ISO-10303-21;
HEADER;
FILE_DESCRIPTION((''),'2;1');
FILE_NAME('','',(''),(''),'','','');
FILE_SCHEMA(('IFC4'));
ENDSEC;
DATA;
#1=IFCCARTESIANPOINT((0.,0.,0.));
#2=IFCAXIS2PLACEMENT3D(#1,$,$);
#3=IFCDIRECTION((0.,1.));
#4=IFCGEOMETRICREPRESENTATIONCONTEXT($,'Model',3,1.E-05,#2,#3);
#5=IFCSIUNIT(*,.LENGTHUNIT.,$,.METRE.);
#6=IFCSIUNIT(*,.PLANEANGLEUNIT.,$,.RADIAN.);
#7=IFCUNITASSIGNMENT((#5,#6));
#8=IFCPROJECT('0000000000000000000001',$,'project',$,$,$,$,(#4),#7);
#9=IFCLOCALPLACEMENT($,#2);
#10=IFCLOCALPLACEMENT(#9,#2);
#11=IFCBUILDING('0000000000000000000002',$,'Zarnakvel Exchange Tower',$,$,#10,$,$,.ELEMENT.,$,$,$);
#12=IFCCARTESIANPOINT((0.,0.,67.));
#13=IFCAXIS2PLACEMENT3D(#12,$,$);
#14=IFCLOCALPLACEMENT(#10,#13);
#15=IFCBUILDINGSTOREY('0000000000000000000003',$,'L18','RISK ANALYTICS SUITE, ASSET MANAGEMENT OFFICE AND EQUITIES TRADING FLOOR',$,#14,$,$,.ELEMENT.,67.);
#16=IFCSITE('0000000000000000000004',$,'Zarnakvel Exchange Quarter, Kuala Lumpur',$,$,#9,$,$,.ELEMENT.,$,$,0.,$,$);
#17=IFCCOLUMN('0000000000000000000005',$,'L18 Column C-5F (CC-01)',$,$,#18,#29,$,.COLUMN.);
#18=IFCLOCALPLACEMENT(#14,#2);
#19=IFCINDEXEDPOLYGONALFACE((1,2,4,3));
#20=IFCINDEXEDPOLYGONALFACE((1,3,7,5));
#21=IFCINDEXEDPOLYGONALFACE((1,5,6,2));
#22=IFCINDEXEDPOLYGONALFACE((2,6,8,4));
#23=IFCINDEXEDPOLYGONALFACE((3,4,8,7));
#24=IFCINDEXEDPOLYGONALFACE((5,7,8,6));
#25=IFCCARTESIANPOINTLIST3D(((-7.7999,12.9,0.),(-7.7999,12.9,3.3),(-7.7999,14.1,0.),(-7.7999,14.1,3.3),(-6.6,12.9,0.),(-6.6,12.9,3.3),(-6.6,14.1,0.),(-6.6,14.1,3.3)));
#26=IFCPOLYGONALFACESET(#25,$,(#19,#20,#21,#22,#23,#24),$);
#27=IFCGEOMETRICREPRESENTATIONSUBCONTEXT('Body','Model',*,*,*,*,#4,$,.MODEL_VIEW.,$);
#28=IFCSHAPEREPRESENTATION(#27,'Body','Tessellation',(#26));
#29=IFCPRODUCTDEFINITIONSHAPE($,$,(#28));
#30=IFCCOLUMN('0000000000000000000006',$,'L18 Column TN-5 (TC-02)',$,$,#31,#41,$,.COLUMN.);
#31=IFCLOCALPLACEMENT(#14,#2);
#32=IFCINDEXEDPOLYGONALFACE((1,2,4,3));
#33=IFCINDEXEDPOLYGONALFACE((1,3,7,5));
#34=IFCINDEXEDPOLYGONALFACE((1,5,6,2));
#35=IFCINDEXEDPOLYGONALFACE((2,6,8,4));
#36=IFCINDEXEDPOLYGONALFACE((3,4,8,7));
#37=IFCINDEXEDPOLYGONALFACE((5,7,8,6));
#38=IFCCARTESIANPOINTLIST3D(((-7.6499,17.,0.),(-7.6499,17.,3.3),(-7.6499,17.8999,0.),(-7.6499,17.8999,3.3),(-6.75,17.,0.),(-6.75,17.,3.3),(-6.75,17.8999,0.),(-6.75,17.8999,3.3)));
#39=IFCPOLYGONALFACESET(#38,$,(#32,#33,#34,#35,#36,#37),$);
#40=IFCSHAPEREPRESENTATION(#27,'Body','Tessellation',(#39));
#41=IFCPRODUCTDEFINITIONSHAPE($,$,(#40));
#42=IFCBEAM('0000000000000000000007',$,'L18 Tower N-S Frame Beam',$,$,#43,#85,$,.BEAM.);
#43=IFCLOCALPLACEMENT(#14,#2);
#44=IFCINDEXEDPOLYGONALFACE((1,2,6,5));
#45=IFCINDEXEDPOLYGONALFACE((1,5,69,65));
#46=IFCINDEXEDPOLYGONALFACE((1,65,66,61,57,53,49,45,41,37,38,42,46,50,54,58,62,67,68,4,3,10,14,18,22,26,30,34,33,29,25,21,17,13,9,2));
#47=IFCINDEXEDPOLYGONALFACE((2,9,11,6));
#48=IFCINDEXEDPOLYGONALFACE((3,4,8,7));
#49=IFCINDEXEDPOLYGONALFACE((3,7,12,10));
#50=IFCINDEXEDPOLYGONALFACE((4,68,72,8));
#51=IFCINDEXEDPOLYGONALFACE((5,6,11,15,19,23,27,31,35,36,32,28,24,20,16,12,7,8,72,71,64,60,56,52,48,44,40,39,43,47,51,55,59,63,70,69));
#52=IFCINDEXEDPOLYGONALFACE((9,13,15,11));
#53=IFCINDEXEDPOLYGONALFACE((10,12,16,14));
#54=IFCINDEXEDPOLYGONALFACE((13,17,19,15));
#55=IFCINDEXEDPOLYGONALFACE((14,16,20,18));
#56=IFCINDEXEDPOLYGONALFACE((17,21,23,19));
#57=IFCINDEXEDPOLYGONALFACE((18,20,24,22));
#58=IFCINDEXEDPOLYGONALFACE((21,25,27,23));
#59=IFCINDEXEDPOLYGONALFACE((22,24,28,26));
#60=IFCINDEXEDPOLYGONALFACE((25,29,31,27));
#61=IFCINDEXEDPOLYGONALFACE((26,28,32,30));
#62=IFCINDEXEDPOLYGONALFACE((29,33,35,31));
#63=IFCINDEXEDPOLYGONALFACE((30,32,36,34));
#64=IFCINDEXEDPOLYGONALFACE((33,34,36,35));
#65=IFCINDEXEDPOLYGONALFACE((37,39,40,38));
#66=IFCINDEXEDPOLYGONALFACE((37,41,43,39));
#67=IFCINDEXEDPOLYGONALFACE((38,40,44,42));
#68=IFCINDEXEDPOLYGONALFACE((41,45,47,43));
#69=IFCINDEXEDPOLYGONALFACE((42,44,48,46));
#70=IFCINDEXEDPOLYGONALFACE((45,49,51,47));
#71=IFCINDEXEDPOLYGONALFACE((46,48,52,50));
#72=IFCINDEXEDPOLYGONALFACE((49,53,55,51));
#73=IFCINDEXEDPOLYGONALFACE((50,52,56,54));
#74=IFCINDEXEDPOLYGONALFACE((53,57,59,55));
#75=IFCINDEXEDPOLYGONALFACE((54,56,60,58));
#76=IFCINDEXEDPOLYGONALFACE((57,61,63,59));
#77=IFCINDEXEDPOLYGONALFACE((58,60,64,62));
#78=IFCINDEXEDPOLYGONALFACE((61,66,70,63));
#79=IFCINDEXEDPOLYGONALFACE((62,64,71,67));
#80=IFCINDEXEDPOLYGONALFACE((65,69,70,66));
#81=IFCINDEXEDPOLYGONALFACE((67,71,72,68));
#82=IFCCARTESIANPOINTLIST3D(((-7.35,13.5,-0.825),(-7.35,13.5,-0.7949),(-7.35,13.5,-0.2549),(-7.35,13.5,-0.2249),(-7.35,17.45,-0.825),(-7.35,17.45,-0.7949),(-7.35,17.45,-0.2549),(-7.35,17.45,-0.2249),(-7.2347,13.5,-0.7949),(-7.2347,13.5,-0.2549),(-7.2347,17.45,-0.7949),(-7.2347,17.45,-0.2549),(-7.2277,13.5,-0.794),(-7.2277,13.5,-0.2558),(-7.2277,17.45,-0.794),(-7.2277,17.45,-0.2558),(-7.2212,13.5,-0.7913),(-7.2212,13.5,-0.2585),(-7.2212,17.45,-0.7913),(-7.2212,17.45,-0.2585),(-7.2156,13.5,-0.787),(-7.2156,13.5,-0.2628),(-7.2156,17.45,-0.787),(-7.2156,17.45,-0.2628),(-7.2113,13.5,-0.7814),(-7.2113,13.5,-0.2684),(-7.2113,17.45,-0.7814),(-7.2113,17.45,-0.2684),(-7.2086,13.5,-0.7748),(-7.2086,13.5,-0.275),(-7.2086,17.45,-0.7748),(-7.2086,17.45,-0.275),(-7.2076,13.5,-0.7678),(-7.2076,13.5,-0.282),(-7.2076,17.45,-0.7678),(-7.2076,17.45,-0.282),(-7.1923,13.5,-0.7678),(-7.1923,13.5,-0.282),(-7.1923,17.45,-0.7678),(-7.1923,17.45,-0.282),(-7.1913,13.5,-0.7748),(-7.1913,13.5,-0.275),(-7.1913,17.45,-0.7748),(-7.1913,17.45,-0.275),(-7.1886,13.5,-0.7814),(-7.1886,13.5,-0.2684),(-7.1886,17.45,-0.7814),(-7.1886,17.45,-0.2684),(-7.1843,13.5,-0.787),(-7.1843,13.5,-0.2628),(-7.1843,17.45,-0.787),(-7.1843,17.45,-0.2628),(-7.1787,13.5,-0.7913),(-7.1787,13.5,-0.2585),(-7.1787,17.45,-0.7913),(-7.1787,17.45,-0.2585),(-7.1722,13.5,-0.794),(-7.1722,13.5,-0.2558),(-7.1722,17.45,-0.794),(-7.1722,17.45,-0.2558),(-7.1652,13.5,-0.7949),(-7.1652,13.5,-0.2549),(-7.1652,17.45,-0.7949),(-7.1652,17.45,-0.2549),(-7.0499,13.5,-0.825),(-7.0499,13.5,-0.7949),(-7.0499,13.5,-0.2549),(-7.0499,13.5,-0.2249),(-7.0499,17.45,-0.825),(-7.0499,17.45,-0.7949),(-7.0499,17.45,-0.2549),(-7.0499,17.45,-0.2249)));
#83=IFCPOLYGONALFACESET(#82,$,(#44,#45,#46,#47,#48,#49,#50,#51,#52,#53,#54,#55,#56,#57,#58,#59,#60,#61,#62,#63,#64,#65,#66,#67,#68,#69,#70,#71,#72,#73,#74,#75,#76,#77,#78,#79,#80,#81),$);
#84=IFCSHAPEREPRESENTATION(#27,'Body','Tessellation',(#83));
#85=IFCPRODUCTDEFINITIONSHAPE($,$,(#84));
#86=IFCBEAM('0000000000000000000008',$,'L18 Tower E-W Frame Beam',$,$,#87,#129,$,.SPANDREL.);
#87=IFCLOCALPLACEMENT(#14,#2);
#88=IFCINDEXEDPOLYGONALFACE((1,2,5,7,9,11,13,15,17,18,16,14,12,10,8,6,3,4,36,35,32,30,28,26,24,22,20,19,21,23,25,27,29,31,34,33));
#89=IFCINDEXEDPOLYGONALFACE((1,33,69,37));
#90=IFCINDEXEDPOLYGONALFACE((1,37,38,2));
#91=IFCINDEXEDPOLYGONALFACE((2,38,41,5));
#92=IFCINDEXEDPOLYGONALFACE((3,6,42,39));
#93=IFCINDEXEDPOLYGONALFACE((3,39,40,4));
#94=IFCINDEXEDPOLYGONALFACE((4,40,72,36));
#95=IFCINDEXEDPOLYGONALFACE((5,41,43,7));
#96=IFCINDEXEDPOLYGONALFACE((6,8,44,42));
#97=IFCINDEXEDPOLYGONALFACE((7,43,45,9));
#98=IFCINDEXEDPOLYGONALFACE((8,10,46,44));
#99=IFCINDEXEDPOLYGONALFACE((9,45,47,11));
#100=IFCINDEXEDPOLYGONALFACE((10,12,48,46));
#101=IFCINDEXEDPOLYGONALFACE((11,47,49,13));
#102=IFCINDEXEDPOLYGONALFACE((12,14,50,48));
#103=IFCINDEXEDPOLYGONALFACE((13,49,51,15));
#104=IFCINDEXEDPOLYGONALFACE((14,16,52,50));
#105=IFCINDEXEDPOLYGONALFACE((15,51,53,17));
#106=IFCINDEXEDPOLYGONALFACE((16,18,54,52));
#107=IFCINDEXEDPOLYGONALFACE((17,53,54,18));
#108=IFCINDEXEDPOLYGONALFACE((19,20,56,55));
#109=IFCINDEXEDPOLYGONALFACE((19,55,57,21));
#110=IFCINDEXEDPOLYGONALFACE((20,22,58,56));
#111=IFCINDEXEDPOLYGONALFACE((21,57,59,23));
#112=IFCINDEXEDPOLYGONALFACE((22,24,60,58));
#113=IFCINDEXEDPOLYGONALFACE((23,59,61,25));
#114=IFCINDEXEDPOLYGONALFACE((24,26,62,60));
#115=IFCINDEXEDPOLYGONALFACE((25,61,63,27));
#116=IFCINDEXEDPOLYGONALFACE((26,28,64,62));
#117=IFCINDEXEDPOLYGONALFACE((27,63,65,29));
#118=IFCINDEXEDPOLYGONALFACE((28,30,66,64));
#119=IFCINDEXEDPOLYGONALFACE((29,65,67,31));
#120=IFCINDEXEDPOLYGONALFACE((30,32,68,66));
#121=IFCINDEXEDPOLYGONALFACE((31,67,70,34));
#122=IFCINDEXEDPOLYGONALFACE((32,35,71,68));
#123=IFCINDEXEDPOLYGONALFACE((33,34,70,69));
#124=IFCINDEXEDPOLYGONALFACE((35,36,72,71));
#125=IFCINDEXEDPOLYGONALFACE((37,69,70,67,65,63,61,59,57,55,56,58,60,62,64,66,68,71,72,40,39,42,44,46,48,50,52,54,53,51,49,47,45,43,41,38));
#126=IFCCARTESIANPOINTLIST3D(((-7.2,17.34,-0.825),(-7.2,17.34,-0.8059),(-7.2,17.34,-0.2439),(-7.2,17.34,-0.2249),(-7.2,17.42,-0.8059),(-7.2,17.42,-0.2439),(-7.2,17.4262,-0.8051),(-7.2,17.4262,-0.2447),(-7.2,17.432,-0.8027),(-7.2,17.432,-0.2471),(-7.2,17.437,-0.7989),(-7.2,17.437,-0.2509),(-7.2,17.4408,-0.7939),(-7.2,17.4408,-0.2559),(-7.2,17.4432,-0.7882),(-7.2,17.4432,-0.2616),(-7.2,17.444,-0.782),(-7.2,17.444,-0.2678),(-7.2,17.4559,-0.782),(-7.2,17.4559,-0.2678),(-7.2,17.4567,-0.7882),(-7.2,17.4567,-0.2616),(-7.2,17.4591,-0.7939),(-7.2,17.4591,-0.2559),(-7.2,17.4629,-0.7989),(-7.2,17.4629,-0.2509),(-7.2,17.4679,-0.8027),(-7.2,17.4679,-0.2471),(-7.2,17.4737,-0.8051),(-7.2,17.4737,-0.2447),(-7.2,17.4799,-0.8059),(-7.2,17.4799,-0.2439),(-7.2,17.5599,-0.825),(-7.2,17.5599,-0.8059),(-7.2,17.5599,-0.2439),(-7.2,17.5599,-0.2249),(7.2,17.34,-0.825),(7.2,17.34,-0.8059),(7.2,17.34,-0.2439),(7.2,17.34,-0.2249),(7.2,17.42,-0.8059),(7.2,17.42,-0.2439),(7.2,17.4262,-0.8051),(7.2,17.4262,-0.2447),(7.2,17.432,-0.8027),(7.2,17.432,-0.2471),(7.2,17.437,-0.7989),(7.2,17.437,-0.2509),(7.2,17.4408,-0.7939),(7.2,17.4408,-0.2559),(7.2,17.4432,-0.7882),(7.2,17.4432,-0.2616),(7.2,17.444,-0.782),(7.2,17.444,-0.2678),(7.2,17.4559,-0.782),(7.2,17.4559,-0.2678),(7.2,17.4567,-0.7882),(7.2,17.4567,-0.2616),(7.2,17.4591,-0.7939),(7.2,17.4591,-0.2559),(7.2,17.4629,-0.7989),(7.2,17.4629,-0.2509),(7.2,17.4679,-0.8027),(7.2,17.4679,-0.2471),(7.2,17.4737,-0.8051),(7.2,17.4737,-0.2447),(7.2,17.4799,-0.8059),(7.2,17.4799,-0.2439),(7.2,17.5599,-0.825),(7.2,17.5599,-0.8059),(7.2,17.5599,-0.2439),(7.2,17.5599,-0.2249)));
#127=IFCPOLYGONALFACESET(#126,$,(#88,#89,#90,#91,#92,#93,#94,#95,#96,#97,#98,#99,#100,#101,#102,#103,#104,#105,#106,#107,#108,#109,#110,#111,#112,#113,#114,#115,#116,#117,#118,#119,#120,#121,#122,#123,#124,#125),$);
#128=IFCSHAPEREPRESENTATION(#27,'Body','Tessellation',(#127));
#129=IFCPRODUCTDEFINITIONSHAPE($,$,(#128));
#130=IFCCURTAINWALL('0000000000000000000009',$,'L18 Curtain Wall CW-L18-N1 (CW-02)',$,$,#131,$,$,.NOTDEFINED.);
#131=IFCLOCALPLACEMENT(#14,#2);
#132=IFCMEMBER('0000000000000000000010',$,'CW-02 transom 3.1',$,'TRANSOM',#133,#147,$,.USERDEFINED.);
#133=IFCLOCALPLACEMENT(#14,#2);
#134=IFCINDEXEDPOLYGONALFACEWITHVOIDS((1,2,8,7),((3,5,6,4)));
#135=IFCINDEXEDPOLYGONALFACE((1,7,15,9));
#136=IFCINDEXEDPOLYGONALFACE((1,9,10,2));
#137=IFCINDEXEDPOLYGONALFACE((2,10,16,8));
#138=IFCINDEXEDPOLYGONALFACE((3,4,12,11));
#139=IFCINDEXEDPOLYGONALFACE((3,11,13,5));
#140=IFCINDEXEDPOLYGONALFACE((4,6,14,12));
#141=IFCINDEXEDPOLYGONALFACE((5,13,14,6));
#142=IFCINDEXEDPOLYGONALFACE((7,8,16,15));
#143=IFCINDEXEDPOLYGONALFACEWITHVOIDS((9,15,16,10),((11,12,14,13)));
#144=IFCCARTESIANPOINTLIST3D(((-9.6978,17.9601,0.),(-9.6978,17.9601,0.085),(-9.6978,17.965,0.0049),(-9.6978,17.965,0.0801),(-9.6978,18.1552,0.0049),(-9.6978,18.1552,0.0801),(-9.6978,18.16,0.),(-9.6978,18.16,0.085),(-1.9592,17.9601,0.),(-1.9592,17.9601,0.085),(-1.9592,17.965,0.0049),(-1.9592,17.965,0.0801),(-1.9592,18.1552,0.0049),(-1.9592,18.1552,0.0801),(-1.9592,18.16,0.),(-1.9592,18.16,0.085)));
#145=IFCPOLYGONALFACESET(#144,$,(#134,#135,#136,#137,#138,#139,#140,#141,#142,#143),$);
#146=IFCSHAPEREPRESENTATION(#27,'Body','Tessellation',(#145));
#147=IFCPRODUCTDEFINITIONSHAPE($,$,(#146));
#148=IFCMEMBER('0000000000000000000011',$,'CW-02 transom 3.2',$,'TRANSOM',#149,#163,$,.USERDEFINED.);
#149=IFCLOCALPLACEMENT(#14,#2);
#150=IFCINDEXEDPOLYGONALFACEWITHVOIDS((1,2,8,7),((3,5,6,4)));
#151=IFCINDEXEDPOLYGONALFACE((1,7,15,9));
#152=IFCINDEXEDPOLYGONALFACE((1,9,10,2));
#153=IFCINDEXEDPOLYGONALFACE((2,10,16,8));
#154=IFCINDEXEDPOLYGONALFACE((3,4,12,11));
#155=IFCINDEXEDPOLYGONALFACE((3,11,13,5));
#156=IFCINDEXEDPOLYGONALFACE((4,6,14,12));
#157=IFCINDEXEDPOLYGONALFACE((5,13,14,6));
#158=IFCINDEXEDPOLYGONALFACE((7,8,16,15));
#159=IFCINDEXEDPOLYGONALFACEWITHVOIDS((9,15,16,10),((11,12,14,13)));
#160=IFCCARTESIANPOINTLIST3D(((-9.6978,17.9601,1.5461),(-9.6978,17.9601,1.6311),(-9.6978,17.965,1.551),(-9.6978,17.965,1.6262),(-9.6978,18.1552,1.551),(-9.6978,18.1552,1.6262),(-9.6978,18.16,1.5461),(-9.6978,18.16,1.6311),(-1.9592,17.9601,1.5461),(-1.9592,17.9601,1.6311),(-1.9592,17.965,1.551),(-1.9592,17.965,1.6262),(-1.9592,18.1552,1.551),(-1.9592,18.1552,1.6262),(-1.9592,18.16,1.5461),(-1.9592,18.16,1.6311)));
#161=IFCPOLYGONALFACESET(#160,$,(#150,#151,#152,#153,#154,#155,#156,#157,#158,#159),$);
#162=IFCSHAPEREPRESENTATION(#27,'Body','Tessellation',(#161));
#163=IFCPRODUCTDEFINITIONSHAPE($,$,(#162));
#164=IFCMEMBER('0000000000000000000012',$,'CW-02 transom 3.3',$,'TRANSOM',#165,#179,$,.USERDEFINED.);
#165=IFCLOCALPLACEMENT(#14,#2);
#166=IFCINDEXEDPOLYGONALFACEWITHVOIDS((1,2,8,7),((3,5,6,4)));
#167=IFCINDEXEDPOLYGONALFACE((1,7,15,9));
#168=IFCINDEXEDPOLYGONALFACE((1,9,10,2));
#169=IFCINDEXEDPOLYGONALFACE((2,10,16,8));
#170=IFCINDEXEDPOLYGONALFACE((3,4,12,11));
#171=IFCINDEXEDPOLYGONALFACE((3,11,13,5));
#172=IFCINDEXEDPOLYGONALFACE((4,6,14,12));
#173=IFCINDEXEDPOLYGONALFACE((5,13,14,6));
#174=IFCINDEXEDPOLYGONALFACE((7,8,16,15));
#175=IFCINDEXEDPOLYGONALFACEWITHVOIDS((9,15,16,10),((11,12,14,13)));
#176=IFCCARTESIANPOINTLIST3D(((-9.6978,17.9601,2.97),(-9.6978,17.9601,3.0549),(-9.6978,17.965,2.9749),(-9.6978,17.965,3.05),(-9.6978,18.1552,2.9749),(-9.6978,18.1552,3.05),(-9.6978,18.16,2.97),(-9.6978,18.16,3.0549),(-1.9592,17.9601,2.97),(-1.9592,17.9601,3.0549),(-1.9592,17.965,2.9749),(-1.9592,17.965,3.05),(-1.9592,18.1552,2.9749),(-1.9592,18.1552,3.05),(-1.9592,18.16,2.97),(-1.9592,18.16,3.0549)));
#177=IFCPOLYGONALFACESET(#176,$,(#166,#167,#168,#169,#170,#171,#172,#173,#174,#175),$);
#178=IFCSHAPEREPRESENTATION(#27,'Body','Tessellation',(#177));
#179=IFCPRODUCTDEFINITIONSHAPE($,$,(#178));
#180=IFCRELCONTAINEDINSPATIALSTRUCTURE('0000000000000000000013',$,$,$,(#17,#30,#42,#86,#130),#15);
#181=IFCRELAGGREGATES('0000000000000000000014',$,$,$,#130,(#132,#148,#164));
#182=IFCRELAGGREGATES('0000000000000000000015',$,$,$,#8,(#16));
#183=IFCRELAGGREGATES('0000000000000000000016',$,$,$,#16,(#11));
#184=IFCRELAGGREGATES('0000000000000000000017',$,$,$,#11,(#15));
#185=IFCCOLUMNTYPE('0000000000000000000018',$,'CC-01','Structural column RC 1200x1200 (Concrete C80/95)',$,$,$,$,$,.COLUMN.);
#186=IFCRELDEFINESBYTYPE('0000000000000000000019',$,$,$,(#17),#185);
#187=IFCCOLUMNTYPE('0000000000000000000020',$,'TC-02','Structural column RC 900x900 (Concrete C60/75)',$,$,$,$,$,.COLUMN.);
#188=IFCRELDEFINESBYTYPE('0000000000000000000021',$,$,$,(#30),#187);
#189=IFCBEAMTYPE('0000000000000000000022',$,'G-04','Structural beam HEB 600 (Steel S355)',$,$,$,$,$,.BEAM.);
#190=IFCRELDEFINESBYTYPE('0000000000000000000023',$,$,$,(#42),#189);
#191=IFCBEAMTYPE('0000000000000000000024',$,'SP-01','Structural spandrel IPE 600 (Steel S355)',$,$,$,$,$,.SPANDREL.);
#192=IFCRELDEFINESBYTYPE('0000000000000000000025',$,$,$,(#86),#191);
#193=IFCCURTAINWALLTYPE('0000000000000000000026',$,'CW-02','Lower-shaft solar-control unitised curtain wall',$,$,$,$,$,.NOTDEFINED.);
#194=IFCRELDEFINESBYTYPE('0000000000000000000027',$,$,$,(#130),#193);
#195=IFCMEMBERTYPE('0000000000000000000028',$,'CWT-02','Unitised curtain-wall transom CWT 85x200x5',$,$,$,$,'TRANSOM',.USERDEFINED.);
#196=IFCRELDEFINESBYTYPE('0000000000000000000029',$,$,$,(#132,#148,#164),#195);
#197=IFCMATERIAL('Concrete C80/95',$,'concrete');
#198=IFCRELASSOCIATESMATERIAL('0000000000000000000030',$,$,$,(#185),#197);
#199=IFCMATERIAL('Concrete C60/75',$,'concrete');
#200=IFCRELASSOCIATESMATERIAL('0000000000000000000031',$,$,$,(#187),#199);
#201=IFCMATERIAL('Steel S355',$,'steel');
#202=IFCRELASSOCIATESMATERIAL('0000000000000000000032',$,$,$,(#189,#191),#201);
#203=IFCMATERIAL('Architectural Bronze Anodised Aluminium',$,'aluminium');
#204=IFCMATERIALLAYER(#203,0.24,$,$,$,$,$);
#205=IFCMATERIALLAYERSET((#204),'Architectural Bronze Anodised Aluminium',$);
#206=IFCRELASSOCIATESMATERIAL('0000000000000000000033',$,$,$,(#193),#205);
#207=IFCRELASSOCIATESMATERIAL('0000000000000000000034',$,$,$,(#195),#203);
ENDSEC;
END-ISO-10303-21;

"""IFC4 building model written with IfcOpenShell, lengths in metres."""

from ifc_helpers import new_model, si_unit, direction, frame, origin, origin_2d, place, context, subcontext, project, spatial, rectangle, hollow_rectangle, i_section, extrude, source, transform, mapped, material, layer, layer_set, material_profile, profile_set, type_object, element, aggregate, save


model = new_model("IFC4")

# Units and contexts
model_context = context("Model", 3, precision=1e-05, world=origin(), true_north=direction((0.0, 1.0)))
body_context = subcontext(model_context, "Body", "Model", "MODEL_VIEW")
ifc_project = project(units=[si_unit("LENGTHUNIT", "METRE"), si_unit("PLANEANGLEUNIT", "RADIAN")], contexts=[model_context])

# Site, building, storey
site_placement = place(None, origin())
site = spatial("IfcSite", under=ifc_project, at=site_placement, Name="Zarnakvel Exchange Quarter, Kuala Lumpur", CompositionType="ELEMENT", RefElevation=0.0)
building_placement = place(site_placement, origin())
building = spatial("IfcBuilding", under=site, at=building_placement, Name="Zarnakvel Exchange Tower", CompositionType="ELEMENT")
storey_placement = place(building_placement, frame((0.0, 0.0, 67.0)))
storey = spatial("IfcBuildingStorey", under=building, at=storey_placement, Name="L18", Description="RISK ANALYTICS SUITE, ASSET MANAGEMENT OFFICE AND EQUITIES TRADING FLOOR", CompositionType="ELEMENT", Elevation=67.0)

# Columns
ifc_material_1 = material(Name="Concrete C80/95", Category="concrete")
ifc_material_profile_1 = material_profile(ifc_material_1, rectangle(XDim=1.2, YDim=1.2, at=origin_2d()))
ifc_profile_set_1 = profile_set([ifc_material_profile_1], Name="Concrete C80/95")
column_type_1 = type_object("IfcColumnType", Name="CC-01", Description="Structural column RC 1200x1200 (Concrete C80/95)", PredefinedType="COLUMN", material=ifc_profile_set_1)
column_1_placement = place(storey_placement, frame((-7.2, 13.5, 0.0), z_axis=(0.0, 0.0, 1.0), x_axis=(1.0, 0.0, 0.0)))
element("IfcColumn", 1, at=column_1_placement, inside=storey, type_object=column_type_1, Name="L18 Column C-5F (CC-01)", PredefinedType="COLUMN", context=body_context, shape_type="SweptSolid", body=[
    extrude(rectangle(XDim=1.2, YDim=1.2, at=origin_2d()), origin(), (0.0, 0.0, 1.0), 3.3),
])
ifc_material_2 = material(Name="Concrete C60/75", Category="concrete")
ifc_material_profile_2 = material_profile(ifc_material_2, rectangle(XDim=0.8999, YDim=0.8999, at=origin_2d()))
ifc_profile_set_2 = profile_set([ifc_material_profile_2], Name="Concrete C60/75")
column_type_2 = type_object("IfcColumnType", Name="TC-02", Description="Structural column RC 900x900 (Concrete C60/75)", PredefinedType="COLUMN", material=ifc_profile_set_2)
column_2_placement = place(storey_placement, frame((-7.2, 17.45, 0.0), z_axis=(0.0, 0.0, 1.0), x_axis=(1.0, 0.0, 0.0)))
element("IfcColumn", 2, at=column_2_placement, inside=storey, type_object=column_type_2, Name="L18 Column TN-5 (TC-02)", PredefinedType="COLUMN", context=body_context, shape_type="SweptSolid", body=[
    extrude(rectangle(XDim=0.8999, YDim=0.8999, at=origin_2d()), origin(), (0.0, 0.0, 1.0), 3.3),
])

# Beams
ifc_material_3 = material(Name="Steel S355", Category="steel")
ifc_material_profile_3 = material_profile(ifc_material_3, i_section(OverallWidth=0.3, OverallDepth=0.6001, WebThickness=0.0154, FlangeThickness=0.03, FilletRadius=0.0271, at=origin_2d()))
ifc_profile_set_3 = profile_set([ifc_material_profile_3], Name="Steel S355")
beam_type_1 = type_object("IfcBeamType", Name="G-04", Description="Structural beam HEB 600 (Steel S355)", PredefinedType="BEAM", material=ifc_profile_set_3)
beam_1_placement = place(storey_placement, frame((-7.2, 13.5, -0.5249), z_axis=(0.0, 1.0, 0.0), x_axis=(-1.0, 0.0, 0.0)))
element("IfcBeam", 3, at=beam_1_placement, inside=storey, type_object=beam_type_1, Name="L18 Tower N-S Frame Beam", PredefinedType="BEAM", context=body_context, shape_type="SweptSolid", body=[
    extrude(i_section(OverallWidth=0.3, OverallDepth=0.6001, WebThickness=0.0154, FlangeThickness=0.03, FilletRadius=0.0271, at=origin_2d()), origin(), (0.0, 0.0, 1.0), 3.95),
])
ifc_material_profile_4 = material_profile(ifc_material_3, i_section(OverallWidth=0.22, OverallDepth=0.6001, WebThickness=0.012, FlangeThickness=0.019, FilletRadius=0.0239, at=origin_2d()))
ifc_profile_set_4 = profile_set([ifc_material_profile_4], Name="Steel S355")
beam_type_2 = type_object("IfcBeamType", Name="SP-01", Description="Structural spandrel IPE 600 (Steel S355)", PredefinedType="SPANDREL", material=ifc_profile_set_4)
beam_2_placement = place(storey_placement, frame((-7.2, 17.45, -0.5249), z_axis=(1.0, 0.0, 0.0), x_axis=(0.0, 1.0, 0.0)))
element("IfcBeam", 4, at=beam_2_placement, inside=storey, type_object=beam_type_2, Name="L18 Tower E-W Frame Beam", PredefinedType="SPANDREL", context=body_context, shape_type="SweptSolid", body=[
    extrude(i_section(OverallWidth=0.22, OverallDepth=0.6001, WebThickness=0.012, FlangeThickness=0.019, FilletRadius=0.0239, at=origin_2d()), origin(), (0.0, 0.0, 1.0), 14.3999),
])

# Curtain wall, members
ifc_material_4 = material(Name="Architectural Bronze Anodised Aluminium", Category="aluminium")
ifc_layer_1 = layer(ifc_material_4, 0.24)
ifc_layer_set_1 = layer_set([ifc_layer_1], Name="Architectural Bronze Anodised Aluminium")
curtain_wall_type = type_object("IfcCurtainWallType", Name="CW-02", Description="Lower-shaft solar-control unitised curtain wall", PredefinedType="NOTDEFINED", material=ifc_layer_set_1)
curtain_wall_placement = place(storey_placement, origin())
curtain_wall = element("IfcCurtainWall", 5, at=curtain_wall_placement, inside=storey, type_object=curtain_wall_type, Name="L18 Curtain Wall CW-L18-N1 (CW-02)", PredefinedType="NOTDEFINED")
ifc_material_profile_5 = material_profile(ifc_material_4, hollow_rectangle(XDim=0.2, YDim=0.085, WallThickness=0.0049, at=origin_2d()))
ifc_profile_set_5 = profile_set([ifc_material_profile_5], Name="Architectural Bronze Anodised Aluminium")
member_type_1 = type_object("IfcMemberType", Name="CWT-02", Description="Unitised curtain-wall transom CWT 85x200x5", ElementType="TRANSOM", PredefinedType="USERDEFINED", material=ifc_profile_set_5)
shared_shape_1 = source(origin(), body_context, "Body", "SweptSolid", [
    extrude(hollow_rectangle(XDim=0.2, YDim=0.085, WallThickness=0.0049, at=origin_2d()), origin(), (0.0, 0.0, 1.0), 7.7385),
])
member_1_placement = place(storey_placement, frame((-9.6978, 18.0601, 0.0425), z_axis=(1.0, 0.0, 0.0), x_axis=(0.0, 1.0, 0.0)))
member_1 = element("IfcMember", 6, at=member_1_placement, type_object=member_type_1, Name="CW-02 transom 3.1", ObjectType="TRANSOM", PredefinedType="USERDEFINED", context=body_context, shape_type="MappedRepresentation", body=[
    mapped(shared_shape_1, transform((0.0, 0.0, 0.0), x_axis=(1.0, 0.0, 0.0), y_axis=(0.0, 1.0, 0.0), z_axis=(0.0, 0.0, 1.0), scale=1.0)),
])
member_2_placement = place(storey_placement, frame((-9.6978, 18.0601, 1.5886), z_axis=(1.0, 0.0, 0.0), x_axis=(0.0, 1.0, 0.0)))
member_2 = element("IfcMember", 7, at=member_2_placement, type_object=member_type_1, Name="CW-02 transom 3.2", ObjectType="TRANSOM", PredefinedType="USERDEFINED", context=body_context, shape_type="MappedRepresentation", body=[
    mapped(shared_shape_1, transform((0.0, 0.0, 0.0), x_axis=(1.0, 0.0, 0.0), y_axis=(0.0, 1.0, 0.0), z_axis=(0.0, 0.0, 1.0), scale=1.0)),
])
member_3_placement = place(storey_placement, frame((-9.6978, 18.0601, 3.0125), z_axis=(1.0, 0.0, 0.0), x_axis=(0.0, 1.0, 0.0)))
member_3 = element("IfcMember", 8, at=member_3_placement, type_object=member_type_1, Name="CW-02 transom 3.3", ObjectType="TRANSOM", PredefinedType="USERDEFINED", context=body_context, shape_type="MappedRepresentation", body=[
    mapped(shared_shape_1, transform((0.0, 0.0, 0.0), x_axis=(1.0, 0.0, 0.0), y_axis=(0.0, 1.0, 0.0), z_axis=(0.0, 0.0, 1.0), scale=1.0)),
])
aggregate(curtain_wall, [member_1, member_2, member_3])

save(model, "model.ifc")
